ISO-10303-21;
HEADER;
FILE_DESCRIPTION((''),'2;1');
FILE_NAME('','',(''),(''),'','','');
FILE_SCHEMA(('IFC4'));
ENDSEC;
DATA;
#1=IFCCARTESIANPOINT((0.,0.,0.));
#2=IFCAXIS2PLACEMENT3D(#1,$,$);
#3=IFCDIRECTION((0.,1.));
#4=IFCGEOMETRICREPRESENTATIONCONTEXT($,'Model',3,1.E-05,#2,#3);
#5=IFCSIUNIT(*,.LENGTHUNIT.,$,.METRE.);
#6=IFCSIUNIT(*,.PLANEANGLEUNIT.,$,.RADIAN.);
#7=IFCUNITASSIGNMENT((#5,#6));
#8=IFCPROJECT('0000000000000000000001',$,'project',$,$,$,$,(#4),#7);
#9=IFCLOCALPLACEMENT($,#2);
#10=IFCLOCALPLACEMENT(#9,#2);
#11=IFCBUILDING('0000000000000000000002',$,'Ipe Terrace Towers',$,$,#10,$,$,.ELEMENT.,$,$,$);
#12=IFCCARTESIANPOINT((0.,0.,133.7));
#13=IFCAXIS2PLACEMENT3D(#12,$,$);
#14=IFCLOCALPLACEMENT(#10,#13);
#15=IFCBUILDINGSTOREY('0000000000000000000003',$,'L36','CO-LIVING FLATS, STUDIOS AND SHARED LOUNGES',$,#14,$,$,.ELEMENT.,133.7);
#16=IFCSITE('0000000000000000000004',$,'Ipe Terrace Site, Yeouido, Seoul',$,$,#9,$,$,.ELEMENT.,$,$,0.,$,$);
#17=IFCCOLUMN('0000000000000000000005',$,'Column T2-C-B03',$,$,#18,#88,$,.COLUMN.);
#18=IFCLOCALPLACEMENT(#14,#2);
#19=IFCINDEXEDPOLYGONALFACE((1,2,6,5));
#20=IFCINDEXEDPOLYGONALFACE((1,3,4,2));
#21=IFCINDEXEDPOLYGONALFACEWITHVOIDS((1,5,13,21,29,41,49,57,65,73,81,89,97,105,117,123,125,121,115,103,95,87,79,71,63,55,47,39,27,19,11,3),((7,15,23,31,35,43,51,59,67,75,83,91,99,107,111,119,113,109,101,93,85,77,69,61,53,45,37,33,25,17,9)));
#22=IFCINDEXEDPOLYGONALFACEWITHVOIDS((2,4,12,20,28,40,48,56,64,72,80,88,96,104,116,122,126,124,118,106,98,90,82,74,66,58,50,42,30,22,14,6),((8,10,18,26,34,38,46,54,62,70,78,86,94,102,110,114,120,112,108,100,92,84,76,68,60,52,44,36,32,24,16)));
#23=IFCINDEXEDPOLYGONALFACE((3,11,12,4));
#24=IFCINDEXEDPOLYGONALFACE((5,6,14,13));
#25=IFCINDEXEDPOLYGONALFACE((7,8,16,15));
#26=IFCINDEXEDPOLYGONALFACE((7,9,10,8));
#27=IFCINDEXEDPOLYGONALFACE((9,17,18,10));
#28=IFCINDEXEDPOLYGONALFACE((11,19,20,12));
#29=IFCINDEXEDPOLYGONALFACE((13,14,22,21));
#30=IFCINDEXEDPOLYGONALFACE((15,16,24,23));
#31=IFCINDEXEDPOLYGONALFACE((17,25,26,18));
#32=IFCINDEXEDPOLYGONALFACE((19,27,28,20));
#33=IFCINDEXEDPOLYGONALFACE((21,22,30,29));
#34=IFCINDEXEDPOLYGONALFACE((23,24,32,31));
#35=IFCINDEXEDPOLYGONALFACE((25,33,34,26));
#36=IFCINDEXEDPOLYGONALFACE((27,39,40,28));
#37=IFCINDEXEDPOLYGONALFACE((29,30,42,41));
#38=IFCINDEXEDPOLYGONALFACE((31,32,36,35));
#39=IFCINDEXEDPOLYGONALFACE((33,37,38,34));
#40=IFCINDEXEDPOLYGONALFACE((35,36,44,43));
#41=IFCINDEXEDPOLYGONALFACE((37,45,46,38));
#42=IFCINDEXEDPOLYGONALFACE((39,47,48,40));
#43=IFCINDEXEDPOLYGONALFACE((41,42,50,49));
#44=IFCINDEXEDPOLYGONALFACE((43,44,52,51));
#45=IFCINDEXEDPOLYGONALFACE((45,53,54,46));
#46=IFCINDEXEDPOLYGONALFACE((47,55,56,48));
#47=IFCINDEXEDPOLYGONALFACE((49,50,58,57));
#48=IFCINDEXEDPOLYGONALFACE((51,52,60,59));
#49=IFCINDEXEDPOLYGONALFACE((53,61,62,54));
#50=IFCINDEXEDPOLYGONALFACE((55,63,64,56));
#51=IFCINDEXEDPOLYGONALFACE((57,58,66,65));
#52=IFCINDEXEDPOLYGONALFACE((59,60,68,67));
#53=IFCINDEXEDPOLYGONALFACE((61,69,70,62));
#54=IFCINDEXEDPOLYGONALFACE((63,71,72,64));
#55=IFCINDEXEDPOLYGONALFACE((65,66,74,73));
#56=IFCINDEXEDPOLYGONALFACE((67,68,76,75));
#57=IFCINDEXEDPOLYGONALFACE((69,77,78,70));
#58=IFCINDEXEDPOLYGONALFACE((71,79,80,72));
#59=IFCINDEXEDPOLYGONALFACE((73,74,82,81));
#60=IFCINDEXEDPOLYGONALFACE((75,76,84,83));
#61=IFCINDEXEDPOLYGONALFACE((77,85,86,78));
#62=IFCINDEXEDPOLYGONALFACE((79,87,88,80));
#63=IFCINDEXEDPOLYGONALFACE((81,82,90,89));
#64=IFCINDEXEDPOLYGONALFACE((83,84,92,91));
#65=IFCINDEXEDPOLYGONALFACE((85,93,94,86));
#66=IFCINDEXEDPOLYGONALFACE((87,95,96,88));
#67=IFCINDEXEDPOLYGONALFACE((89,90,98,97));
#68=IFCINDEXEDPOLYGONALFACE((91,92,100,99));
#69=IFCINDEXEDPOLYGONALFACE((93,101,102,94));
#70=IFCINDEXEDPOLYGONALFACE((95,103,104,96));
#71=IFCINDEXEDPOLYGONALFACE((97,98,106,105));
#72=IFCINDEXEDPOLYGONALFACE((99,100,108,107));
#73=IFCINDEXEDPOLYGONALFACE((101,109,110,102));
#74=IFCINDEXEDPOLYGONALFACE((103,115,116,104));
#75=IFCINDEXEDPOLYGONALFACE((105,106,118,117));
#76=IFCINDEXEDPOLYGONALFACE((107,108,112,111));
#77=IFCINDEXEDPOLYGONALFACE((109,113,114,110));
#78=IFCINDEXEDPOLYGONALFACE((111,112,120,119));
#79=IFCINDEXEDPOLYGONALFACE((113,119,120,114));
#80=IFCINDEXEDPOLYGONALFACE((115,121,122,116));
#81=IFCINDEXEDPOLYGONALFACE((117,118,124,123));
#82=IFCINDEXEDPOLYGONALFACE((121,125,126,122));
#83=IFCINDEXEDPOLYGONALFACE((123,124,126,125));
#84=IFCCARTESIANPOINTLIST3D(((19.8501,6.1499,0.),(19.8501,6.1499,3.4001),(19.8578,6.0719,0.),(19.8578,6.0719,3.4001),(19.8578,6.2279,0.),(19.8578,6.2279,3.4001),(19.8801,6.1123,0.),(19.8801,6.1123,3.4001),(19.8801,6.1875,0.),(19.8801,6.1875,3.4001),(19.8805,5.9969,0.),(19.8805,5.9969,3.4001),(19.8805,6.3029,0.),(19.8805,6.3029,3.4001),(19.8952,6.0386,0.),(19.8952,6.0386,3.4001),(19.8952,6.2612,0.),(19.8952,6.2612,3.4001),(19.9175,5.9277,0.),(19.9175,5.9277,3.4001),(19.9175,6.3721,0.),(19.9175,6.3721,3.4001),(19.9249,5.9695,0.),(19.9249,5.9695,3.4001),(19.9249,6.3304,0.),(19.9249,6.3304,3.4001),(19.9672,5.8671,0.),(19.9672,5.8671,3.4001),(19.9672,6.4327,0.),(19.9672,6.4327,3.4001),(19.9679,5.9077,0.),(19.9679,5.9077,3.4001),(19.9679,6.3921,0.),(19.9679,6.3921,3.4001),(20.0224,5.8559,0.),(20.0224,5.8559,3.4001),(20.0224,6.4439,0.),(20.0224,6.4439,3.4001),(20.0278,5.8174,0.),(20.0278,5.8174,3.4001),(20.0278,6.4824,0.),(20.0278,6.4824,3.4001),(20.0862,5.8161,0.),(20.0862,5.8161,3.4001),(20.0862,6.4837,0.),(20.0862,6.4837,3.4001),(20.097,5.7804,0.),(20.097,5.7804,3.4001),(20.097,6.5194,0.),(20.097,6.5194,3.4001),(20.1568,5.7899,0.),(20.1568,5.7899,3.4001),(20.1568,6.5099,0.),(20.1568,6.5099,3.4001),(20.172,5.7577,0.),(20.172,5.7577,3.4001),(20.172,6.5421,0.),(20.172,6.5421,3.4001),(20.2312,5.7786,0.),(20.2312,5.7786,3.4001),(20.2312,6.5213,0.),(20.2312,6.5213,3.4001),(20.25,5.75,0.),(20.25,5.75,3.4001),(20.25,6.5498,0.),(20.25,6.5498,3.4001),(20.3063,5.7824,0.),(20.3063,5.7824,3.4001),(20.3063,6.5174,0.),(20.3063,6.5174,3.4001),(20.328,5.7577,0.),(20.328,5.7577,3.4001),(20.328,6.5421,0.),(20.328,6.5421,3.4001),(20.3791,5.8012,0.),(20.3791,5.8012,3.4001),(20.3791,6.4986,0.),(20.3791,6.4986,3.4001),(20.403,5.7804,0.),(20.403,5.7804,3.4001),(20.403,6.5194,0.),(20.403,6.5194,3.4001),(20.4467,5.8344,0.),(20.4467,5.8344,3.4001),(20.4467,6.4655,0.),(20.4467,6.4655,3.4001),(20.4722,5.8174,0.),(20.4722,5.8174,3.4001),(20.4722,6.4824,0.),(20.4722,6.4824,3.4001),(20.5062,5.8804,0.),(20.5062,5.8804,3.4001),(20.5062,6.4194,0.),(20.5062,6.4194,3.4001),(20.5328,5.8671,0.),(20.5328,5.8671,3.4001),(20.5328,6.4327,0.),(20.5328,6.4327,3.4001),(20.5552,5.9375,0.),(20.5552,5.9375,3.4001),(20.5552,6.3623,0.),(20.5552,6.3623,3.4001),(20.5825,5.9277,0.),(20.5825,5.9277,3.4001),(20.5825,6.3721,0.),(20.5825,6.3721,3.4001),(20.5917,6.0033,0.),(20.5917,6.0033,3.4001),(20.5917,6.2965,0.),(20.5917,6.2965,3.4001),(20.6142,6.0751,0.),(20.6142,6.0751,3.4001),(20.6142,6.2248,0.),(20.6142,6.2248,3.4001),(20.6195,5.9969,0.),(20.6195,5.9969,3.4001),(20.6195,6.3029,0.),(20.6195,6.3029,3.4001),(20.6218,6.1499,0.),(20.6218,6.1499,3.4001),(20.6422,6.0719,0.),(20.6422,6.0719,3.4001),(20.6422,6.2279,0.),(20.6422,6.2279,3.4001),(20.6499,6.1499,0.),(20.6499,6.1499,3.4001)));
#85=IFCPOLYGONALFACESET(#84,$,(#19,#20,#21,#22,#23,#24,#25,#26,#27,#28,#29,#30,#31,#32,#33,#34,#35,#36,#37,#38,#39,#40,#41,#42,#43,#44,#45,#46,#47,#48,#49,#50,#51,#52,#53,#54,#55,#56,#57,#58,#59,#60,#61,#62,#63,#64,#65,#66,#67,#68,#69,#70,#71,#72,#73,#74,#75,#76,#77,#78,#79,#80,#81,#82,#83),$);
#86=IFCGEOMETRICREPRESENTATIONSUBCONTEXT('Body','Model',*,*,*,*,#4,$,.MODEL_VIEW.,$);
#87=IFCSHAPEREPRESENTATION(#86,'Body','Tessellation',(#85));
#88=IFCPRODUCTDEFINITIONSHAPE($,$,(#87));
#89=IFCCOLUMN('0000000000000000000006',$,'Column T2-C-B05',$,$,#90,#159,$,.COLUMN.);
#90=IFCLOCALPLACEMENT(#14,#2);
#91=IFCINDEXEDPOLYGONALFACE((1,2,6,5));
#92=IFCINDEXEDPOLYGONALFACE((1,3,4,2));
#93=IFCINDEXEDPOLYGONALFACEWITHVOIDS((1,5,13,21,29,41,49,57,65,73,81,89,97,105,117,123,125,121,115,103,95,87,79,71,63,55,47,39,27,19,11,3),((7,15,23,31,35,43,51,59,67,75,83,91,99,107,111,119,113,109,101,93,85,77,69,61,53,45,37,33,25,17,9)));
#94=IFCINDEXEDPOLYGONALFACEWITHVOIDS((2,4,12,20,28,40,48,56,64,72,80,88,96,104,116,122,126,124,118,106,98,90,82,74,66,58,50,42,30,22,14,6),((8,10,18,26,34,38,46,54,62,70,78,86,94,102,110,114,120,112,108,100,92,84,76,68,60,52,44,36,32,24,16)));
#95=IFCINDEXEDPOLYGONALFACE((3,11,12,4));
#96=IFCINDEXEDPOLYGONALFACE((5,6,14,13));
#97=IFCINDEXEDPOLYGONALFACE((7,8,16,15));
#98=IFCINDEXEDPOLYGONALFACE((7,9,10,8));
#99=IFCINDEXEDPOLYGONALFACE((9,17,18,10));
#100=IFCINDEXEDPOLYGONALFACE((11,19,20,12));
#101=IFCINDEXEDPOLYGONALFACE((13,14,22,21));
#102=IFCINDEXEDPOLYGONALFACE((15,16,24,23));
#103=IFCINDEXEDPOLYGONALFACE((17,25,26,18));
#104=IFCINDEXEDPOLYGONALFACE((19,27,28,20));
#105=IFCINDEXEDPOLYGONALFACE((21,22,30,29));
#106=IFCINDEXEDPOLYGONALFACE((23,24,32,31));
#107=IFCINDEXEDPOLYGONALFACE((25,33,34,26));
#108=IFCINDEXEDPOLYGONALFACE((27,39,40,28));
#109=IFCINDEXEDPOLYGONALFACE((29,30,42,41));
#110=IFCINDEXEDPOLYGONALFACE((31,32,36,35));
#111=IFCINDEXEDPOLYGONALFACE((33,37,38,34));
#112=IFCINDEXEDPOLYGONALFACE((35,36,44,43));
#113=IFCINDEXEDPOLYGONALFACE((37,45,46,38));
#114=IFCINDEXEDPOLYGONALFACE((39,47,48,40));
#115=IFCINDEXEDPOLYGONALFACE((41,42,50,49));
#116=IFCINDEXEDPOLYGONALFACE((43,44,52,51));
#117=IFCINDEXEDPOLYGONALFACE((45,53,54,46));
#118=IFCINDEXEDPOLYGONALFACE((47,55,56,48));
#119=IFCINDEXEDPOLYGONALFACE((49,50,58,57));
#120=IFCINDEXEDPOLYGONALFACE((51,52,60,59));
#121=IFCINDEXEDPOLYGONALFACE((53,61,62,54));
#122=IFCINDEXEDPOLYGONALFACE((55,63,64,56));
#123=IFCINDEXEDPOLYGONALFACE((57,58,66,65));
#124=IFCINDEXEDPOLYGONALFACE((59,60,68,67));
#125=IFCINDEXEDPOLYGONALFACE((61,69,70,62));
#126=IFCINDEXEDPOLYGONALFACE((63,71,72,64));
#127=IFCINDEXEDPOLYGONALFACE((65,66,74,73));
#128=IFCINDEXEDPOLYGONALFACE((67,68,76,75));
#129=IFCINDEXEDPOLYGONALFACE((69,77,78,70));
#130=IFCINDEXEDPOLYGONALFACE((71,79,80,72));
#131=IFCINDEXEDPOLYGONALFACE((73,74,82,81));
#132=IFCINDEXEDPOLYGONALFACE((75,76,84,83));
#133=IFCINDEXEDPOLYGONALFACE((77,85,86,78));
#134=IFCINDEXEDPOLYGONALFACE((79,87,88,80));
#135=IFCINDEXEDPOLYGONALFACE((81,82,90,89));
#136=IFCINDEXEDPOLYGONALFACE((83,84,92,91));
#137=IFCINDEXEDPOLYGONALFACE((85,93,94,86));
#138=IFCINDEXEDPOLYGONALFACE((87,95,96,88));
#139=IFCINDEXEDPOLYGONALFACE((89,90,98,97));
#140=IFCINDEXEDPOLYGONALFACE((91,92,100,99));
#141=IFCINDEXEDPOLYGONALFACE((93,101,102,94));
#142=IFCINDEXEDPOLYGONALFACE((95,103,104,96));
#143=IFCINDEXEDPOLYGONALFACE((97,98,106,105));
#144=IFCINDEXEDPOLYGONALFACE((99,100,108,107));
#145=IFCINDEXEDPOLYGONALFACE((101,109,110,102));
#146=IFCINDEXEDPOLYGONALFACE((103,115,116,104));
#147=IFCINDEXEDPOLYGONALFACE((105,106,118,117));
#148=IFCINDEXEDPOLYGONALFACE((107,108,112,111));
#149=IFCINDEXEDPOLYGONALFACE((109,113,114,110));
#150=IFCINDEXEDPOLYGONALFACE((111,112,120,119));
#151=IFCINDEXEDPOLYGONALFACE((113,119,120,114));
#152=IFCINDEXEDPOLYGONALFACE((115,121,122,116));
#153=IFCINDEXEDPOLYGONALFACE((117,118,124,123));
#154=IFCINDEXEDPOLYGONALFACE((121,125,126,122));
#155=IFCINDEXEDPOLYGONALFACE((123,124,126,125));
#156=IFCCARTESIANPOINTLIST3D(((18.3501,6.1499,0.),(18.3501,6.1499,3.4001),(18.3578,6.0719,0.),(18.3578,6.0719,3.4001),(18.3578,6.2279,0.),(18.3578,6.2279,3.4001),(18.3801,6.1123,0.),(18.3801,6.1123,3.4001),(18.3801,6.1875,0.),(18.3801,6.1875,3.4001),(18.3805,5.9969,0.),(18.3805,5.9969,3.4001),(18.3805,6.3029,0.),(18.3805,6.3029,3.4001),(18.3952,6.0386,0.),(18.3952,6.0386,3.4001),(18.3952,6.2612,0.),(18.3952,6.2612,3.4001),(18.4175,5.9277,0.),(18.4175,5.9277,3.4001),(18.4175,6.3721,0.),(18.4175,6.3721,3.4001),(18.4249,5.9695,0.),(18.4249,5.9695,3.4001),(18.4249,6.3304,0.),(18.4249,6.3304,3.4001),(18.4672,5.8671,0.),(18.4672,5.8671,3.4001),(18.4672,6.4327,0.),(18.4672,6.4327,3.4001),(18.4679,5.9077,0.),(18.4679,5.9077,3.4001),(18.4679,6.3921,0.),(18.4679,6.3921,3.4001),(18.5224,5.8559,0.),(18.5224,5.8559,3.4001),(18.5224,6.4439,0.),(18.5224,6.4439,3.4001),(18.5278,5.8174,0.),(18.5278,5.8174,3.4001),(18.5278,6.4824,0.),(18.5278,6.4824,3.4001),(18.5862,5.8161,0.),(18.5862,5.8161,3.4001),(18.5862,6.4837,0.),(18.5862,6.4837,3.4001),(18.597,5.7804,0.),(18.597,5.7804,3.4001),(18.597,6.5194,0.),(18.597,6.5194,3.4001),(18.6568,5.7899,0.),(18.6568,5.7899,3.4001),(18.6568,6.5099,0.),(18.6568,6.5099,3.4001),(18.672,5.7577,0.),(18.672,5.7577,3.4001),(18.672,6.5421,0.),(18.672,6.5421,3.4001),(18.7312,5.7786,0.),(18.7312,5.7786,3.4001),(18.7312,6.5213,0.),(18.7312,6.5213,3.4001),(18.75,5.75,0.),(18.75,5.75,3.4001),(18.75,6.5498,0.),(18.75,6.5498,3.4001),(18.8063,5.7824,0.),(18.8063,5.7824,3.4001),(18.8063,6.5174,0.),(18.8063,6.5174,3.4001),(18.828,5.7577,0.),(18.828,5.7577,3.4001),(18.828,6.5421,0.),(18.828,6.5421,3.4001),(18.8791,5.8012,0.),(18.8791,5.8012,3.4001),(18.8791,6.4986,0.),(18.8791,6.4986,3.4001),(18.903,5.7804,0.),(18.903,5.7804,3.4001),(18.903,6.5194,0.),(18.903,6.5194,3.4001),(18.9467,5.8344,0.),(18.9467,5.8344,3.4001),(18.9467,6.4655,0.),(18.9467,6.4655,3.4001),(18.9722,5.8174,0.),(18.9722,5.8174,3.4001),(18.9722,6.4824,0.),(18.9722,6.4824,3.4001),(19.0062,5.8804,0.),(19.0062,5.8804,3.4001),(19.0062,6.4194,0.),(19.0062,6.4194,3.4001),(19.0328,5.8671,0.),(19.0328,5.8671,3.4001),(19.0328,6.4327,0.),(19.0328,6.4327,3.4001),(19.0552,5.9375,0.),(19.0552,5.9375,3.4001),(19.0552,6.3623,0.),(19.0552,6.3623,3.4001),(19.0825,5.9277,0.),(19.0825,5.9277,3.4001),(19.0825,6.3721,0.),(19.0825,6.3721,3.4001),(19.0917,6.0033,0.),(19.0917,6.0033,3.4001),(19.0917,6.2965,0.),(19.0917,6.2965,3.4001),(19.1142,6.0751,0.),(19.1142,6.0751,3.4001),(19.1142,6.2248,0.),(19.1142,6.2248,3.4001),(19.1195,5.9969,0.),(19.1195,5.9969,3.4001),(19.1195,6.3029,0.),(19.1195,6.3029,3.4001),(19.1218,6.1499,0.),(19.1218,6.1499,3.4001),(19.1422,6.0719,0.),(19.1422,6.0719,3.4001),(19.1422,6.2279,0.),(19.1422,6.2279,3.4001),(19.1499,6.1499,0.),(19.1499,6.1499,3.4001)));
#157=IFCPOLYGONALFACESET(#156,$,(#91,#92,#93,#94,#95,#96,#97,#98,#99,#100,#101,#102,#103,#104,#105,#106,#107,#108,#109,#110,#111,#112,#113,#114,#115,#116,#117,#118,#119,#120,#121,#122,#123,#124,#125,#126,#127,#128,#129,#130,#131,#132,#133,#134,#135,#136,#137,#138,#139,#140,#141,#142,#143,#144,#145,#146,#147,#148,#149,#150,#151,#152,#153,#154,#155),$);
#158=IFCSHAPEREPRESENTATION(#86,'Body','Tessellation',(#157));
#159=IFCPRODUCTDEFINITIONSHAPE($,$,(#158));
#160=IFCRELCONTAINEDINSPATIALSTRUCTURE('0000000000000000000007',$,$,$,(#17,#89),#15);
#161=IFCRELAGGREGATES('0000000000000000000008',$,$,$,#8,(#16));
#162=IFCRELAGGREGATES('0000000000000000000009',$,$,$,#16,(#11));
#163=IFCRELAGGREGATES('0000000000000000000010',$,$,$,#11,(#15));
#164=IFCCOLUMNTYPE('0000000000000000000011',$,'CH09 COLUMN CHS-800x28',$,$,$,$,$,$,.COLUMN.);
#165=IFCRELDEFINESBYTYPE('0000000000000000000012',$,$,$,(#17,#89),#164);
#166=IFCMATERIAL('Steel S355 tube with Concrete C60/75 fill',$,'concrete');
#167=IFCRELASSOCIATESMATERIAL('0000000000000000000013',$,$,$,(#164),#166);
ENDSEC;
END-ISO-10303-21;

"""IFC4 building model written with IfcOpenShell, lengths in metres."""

from ifc_helpers import new_model, si_unit, direction, frame, origin, origin_2d, place, context, subcontext, project, spatial, hollow_circle, extrude, material, material_profile, profile_set, type_object, element, save


model = new_model("IFC4")

# Units and contexts
model_context = context("Model", 3, precision=1e-05, world=origin(), true_north=direction((0.0, 1.0)))
body_context = subcontext(model_context, "Body", "Model", "MODEL_VIEW")
ifc_project = project(units=[si_unit("LENGTHUNIT", "METRE"), si_unit("PLANEANGLEUNIT", "RADIAN")], contexts=[model_context])

# Site, building, storey
site_placement = place(None, origin())
site = spatial("IfcSite", under=ifc_project, at=site_placement, Name="Ipe Terrace Site, Yeouido, Seoul", CompositionType="ELEMENT", RefElevation=0.0)
building_placement = place(site_placement, origin())
building = spatial("IfcBuilding", under=site, at=building_placement, Name="Ipe Terrace Towers", CompositionType="ELEMENT")
storey_placement = place(building_placement, frame((0.0, 0.0, 133.7)))
storey = spatial("IfcBuildingStorey", under=building, at=storey_placement, Name="L36", Description="CO-LIVING FLATS, STUDIOS AND SHARED LOUNGES", CompositionType="ELEMENT", Elevation=133.7)

# Columns
ifc_material_1 = material(Name="Steel S355 tube with Concrete C60/75 fill", Category="concrete")
ifc_material_profile_1 = material_profile(ifc_material_1, hollow_circle(Radius=0.3999, WallThickness=0.0281, at=origin_2d()), Name="CHS-800x28")
ifc_profile_set_1 = profile_set([ifc_material_profile_1], Name="Steel S355 tube with Concrete C60/75 fill")
column_type_1 = type_object("IfcColumnType", Name="CH09 COLUMN CHS-800x28", PredefinedType="COLUMN", material=ifc_profile_set_1)
for number, where, z_axis, x_axis, name in (
    (1, (20.25, 6.1499, 0.0), (0.0, 0.0, 1.0), (1.0, 0.0, 0.0), "Column T2-C-B03"),
    (2, (18.75, 6.1499, 0.0), (0.0, 0.0, 1.0), (1.0, 0.0, 0.0), "Column T2-C-B05"),
):
    element("IfcColumn", number, at=place(storey_placement, frame(where, z_axis=z_axis, x_axis=x_axis)), inside=storey, type_object=column_type_1, Name=name, PredefinedType="COLUMN", context=body_context, shape_type="SweptSolid", body=[
        extrude(hollow_circle(Radius=0.3999, WallThickness=0.0281, at=origin_2d()), origin(), (0.0, 0.0, 1.0), 3.4001),
    ])

save(model, "model.ifc")
